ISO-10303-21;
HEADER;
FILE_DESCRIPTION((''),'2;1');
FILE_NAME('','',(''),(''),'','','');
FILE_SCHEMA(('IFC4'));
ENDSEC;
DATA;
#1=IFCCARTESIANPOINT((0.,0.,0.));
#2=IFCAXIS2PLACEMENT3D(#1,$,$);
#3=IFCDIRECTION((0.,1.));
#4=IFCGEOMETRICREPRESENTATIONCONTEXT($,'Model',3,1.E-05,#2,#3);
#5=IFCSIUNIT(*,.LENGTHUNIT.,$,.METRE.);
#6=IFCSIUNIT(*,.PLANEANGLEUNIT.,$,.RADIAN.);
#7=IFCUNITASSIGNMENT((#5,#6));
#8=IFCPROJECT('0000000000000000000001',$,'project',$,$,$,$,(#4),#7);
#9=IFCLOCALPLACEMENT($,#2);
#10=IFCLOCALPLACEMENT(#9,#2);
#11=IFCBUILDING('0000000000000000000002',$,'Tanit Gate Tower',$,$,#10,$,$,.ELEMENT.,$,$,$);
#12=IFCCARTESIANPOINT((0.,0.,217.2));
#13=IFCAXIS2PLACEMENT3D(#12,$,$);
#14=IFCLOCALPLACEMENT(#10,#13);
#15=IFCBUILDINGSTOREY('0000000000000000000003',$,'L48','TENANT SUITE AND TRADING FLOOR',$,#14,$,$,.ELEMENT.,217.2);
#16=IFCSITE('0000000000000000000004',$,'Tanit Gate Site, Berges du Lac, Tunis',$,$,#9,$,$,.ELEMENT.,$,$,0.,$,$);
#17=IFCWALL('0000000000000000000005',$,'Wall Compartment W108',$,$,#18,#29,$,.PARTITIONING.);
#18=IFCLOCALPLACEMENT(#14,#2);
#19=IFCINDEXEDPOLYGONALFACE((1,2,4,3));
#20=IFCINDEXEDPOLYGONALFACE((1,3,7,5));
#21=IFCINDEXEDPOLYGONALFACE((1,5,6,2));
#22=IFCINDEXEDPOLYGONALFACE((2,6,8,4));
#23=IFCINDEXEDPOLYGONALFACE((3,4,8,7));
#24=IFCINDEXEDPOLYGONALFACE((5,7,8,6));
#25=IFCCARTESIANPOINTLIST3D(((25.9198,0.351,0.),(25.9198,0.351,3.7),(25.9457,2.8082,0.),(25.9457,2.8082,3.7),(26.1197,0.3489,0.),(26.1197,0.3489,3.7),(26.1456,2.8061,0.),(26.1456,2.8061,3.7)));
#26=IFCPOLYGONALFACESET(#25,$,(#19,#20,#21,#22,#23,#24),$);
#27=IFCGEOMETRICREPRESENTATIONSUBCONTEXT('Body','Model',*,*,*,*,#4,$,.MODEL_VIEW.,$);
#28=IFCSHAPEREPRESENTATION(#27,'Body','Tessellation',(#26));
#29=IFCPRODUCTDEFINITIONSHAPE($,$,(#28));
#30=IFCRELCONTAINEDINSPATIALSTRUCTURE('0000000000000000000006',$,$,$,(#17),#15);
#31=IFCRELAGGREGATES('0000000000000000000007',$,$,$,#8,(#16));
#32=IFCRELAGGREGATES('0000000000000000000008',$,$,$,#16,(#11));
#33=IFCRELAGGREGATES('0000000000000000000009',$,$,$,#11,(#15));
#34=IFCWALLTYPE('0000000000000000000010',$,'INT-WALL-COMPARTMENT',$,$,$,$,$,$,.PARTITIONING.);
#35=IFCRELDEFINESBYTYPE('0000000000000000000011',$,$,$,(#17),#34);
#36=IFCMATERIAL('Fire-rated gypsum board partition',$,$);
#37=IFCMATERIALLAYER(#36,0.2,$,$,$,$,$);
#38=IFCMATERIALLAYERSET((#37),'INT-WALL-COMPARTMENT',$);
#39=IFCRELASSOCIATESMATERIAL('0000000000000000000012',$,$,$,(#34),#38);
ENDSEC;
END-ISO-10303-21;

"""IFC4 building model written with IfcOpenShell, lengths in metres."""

from ifc_helpers import new_model, si_unit, direction, frame, frame_2d, origin, place, context, subcontext, project, spatial, rectangle, extrude, material, layer, layer_set, type_object, element, save


model = new_model("IFC4")

# Units and contexts
model_context = context("Model", 3, precision=1e-05, world=origin(), true_north=direction((0.0, 1.0)))
body_context = subcontext(model_context, "Body", "Model", "MODEL_VIEW")
ifc_project = project(units=[si_unit("LENGTHUNIT", "METRE"), si_unit("PLANEANGLEUNIT", "RADIAN")], contexts=[model_context])

# Site, building, storey
site_placement = place(None, origin())
site = spatial("IfcSite", under=ifc_project, at=site_placement, Name="Tanit Gate Site, Berges du Lac, Tunis", CompositionType="ELEMENT", RefElevation=0.0)
building_placement = place(site_placement, origin())
building = spatial("IfcBuilding", under=site, at=building_placement, Name="Tanit Gate Tower", CompositionType="ELEMENT")
storey_placement = place(building_placement, frame((0.0, 0.0, 217.2)))
storey = spatial("IfcBuildingStorey", under=building, at=storey_placement, Name="L48", Description="TENANT SUITE AND TRADING FLOOR", CompositionType="ELEMENT", Elevation=217.2)

# Wall
ifc_material_1 = material(Name="Fire-rated gypsum board partition")
ifc_layer_1 = layer(ifc_material_1, 0.2)
ifc_layer_set_1 = layer_set([ifc_layer_1], Name="INT-WALL-COMPARTMENT")
wall_type_1 = type_object("IfcWallType", Name="INT-WALL-COMPARTMENT", PredefinedType="PARTITIONING", material=ifc_layer_set_1)
wall_1_placement = place(storey_placement, frame((26.0198, 0.3501, 0.0), z_axis=(0.0, 0.0, 1.0), x_axis=(0.010532, 0.999945, 0.0)))
element("IfcWall", 1, at=wall_1_placement, inside=storey, type_object=wall_type_1, Name="Wall Compartment W108", PredefinedType="PARTITIONING", context=body_context, shape_type="SweptSolid", body=[
    extrude(rectangle(XDim=2.4573, YDim=0.2, at=frame_2d((1.2285, 0.0))), origin(), (0.0, 0.0, 1.0), 3.7),
])

save(model, "model.ifc")
